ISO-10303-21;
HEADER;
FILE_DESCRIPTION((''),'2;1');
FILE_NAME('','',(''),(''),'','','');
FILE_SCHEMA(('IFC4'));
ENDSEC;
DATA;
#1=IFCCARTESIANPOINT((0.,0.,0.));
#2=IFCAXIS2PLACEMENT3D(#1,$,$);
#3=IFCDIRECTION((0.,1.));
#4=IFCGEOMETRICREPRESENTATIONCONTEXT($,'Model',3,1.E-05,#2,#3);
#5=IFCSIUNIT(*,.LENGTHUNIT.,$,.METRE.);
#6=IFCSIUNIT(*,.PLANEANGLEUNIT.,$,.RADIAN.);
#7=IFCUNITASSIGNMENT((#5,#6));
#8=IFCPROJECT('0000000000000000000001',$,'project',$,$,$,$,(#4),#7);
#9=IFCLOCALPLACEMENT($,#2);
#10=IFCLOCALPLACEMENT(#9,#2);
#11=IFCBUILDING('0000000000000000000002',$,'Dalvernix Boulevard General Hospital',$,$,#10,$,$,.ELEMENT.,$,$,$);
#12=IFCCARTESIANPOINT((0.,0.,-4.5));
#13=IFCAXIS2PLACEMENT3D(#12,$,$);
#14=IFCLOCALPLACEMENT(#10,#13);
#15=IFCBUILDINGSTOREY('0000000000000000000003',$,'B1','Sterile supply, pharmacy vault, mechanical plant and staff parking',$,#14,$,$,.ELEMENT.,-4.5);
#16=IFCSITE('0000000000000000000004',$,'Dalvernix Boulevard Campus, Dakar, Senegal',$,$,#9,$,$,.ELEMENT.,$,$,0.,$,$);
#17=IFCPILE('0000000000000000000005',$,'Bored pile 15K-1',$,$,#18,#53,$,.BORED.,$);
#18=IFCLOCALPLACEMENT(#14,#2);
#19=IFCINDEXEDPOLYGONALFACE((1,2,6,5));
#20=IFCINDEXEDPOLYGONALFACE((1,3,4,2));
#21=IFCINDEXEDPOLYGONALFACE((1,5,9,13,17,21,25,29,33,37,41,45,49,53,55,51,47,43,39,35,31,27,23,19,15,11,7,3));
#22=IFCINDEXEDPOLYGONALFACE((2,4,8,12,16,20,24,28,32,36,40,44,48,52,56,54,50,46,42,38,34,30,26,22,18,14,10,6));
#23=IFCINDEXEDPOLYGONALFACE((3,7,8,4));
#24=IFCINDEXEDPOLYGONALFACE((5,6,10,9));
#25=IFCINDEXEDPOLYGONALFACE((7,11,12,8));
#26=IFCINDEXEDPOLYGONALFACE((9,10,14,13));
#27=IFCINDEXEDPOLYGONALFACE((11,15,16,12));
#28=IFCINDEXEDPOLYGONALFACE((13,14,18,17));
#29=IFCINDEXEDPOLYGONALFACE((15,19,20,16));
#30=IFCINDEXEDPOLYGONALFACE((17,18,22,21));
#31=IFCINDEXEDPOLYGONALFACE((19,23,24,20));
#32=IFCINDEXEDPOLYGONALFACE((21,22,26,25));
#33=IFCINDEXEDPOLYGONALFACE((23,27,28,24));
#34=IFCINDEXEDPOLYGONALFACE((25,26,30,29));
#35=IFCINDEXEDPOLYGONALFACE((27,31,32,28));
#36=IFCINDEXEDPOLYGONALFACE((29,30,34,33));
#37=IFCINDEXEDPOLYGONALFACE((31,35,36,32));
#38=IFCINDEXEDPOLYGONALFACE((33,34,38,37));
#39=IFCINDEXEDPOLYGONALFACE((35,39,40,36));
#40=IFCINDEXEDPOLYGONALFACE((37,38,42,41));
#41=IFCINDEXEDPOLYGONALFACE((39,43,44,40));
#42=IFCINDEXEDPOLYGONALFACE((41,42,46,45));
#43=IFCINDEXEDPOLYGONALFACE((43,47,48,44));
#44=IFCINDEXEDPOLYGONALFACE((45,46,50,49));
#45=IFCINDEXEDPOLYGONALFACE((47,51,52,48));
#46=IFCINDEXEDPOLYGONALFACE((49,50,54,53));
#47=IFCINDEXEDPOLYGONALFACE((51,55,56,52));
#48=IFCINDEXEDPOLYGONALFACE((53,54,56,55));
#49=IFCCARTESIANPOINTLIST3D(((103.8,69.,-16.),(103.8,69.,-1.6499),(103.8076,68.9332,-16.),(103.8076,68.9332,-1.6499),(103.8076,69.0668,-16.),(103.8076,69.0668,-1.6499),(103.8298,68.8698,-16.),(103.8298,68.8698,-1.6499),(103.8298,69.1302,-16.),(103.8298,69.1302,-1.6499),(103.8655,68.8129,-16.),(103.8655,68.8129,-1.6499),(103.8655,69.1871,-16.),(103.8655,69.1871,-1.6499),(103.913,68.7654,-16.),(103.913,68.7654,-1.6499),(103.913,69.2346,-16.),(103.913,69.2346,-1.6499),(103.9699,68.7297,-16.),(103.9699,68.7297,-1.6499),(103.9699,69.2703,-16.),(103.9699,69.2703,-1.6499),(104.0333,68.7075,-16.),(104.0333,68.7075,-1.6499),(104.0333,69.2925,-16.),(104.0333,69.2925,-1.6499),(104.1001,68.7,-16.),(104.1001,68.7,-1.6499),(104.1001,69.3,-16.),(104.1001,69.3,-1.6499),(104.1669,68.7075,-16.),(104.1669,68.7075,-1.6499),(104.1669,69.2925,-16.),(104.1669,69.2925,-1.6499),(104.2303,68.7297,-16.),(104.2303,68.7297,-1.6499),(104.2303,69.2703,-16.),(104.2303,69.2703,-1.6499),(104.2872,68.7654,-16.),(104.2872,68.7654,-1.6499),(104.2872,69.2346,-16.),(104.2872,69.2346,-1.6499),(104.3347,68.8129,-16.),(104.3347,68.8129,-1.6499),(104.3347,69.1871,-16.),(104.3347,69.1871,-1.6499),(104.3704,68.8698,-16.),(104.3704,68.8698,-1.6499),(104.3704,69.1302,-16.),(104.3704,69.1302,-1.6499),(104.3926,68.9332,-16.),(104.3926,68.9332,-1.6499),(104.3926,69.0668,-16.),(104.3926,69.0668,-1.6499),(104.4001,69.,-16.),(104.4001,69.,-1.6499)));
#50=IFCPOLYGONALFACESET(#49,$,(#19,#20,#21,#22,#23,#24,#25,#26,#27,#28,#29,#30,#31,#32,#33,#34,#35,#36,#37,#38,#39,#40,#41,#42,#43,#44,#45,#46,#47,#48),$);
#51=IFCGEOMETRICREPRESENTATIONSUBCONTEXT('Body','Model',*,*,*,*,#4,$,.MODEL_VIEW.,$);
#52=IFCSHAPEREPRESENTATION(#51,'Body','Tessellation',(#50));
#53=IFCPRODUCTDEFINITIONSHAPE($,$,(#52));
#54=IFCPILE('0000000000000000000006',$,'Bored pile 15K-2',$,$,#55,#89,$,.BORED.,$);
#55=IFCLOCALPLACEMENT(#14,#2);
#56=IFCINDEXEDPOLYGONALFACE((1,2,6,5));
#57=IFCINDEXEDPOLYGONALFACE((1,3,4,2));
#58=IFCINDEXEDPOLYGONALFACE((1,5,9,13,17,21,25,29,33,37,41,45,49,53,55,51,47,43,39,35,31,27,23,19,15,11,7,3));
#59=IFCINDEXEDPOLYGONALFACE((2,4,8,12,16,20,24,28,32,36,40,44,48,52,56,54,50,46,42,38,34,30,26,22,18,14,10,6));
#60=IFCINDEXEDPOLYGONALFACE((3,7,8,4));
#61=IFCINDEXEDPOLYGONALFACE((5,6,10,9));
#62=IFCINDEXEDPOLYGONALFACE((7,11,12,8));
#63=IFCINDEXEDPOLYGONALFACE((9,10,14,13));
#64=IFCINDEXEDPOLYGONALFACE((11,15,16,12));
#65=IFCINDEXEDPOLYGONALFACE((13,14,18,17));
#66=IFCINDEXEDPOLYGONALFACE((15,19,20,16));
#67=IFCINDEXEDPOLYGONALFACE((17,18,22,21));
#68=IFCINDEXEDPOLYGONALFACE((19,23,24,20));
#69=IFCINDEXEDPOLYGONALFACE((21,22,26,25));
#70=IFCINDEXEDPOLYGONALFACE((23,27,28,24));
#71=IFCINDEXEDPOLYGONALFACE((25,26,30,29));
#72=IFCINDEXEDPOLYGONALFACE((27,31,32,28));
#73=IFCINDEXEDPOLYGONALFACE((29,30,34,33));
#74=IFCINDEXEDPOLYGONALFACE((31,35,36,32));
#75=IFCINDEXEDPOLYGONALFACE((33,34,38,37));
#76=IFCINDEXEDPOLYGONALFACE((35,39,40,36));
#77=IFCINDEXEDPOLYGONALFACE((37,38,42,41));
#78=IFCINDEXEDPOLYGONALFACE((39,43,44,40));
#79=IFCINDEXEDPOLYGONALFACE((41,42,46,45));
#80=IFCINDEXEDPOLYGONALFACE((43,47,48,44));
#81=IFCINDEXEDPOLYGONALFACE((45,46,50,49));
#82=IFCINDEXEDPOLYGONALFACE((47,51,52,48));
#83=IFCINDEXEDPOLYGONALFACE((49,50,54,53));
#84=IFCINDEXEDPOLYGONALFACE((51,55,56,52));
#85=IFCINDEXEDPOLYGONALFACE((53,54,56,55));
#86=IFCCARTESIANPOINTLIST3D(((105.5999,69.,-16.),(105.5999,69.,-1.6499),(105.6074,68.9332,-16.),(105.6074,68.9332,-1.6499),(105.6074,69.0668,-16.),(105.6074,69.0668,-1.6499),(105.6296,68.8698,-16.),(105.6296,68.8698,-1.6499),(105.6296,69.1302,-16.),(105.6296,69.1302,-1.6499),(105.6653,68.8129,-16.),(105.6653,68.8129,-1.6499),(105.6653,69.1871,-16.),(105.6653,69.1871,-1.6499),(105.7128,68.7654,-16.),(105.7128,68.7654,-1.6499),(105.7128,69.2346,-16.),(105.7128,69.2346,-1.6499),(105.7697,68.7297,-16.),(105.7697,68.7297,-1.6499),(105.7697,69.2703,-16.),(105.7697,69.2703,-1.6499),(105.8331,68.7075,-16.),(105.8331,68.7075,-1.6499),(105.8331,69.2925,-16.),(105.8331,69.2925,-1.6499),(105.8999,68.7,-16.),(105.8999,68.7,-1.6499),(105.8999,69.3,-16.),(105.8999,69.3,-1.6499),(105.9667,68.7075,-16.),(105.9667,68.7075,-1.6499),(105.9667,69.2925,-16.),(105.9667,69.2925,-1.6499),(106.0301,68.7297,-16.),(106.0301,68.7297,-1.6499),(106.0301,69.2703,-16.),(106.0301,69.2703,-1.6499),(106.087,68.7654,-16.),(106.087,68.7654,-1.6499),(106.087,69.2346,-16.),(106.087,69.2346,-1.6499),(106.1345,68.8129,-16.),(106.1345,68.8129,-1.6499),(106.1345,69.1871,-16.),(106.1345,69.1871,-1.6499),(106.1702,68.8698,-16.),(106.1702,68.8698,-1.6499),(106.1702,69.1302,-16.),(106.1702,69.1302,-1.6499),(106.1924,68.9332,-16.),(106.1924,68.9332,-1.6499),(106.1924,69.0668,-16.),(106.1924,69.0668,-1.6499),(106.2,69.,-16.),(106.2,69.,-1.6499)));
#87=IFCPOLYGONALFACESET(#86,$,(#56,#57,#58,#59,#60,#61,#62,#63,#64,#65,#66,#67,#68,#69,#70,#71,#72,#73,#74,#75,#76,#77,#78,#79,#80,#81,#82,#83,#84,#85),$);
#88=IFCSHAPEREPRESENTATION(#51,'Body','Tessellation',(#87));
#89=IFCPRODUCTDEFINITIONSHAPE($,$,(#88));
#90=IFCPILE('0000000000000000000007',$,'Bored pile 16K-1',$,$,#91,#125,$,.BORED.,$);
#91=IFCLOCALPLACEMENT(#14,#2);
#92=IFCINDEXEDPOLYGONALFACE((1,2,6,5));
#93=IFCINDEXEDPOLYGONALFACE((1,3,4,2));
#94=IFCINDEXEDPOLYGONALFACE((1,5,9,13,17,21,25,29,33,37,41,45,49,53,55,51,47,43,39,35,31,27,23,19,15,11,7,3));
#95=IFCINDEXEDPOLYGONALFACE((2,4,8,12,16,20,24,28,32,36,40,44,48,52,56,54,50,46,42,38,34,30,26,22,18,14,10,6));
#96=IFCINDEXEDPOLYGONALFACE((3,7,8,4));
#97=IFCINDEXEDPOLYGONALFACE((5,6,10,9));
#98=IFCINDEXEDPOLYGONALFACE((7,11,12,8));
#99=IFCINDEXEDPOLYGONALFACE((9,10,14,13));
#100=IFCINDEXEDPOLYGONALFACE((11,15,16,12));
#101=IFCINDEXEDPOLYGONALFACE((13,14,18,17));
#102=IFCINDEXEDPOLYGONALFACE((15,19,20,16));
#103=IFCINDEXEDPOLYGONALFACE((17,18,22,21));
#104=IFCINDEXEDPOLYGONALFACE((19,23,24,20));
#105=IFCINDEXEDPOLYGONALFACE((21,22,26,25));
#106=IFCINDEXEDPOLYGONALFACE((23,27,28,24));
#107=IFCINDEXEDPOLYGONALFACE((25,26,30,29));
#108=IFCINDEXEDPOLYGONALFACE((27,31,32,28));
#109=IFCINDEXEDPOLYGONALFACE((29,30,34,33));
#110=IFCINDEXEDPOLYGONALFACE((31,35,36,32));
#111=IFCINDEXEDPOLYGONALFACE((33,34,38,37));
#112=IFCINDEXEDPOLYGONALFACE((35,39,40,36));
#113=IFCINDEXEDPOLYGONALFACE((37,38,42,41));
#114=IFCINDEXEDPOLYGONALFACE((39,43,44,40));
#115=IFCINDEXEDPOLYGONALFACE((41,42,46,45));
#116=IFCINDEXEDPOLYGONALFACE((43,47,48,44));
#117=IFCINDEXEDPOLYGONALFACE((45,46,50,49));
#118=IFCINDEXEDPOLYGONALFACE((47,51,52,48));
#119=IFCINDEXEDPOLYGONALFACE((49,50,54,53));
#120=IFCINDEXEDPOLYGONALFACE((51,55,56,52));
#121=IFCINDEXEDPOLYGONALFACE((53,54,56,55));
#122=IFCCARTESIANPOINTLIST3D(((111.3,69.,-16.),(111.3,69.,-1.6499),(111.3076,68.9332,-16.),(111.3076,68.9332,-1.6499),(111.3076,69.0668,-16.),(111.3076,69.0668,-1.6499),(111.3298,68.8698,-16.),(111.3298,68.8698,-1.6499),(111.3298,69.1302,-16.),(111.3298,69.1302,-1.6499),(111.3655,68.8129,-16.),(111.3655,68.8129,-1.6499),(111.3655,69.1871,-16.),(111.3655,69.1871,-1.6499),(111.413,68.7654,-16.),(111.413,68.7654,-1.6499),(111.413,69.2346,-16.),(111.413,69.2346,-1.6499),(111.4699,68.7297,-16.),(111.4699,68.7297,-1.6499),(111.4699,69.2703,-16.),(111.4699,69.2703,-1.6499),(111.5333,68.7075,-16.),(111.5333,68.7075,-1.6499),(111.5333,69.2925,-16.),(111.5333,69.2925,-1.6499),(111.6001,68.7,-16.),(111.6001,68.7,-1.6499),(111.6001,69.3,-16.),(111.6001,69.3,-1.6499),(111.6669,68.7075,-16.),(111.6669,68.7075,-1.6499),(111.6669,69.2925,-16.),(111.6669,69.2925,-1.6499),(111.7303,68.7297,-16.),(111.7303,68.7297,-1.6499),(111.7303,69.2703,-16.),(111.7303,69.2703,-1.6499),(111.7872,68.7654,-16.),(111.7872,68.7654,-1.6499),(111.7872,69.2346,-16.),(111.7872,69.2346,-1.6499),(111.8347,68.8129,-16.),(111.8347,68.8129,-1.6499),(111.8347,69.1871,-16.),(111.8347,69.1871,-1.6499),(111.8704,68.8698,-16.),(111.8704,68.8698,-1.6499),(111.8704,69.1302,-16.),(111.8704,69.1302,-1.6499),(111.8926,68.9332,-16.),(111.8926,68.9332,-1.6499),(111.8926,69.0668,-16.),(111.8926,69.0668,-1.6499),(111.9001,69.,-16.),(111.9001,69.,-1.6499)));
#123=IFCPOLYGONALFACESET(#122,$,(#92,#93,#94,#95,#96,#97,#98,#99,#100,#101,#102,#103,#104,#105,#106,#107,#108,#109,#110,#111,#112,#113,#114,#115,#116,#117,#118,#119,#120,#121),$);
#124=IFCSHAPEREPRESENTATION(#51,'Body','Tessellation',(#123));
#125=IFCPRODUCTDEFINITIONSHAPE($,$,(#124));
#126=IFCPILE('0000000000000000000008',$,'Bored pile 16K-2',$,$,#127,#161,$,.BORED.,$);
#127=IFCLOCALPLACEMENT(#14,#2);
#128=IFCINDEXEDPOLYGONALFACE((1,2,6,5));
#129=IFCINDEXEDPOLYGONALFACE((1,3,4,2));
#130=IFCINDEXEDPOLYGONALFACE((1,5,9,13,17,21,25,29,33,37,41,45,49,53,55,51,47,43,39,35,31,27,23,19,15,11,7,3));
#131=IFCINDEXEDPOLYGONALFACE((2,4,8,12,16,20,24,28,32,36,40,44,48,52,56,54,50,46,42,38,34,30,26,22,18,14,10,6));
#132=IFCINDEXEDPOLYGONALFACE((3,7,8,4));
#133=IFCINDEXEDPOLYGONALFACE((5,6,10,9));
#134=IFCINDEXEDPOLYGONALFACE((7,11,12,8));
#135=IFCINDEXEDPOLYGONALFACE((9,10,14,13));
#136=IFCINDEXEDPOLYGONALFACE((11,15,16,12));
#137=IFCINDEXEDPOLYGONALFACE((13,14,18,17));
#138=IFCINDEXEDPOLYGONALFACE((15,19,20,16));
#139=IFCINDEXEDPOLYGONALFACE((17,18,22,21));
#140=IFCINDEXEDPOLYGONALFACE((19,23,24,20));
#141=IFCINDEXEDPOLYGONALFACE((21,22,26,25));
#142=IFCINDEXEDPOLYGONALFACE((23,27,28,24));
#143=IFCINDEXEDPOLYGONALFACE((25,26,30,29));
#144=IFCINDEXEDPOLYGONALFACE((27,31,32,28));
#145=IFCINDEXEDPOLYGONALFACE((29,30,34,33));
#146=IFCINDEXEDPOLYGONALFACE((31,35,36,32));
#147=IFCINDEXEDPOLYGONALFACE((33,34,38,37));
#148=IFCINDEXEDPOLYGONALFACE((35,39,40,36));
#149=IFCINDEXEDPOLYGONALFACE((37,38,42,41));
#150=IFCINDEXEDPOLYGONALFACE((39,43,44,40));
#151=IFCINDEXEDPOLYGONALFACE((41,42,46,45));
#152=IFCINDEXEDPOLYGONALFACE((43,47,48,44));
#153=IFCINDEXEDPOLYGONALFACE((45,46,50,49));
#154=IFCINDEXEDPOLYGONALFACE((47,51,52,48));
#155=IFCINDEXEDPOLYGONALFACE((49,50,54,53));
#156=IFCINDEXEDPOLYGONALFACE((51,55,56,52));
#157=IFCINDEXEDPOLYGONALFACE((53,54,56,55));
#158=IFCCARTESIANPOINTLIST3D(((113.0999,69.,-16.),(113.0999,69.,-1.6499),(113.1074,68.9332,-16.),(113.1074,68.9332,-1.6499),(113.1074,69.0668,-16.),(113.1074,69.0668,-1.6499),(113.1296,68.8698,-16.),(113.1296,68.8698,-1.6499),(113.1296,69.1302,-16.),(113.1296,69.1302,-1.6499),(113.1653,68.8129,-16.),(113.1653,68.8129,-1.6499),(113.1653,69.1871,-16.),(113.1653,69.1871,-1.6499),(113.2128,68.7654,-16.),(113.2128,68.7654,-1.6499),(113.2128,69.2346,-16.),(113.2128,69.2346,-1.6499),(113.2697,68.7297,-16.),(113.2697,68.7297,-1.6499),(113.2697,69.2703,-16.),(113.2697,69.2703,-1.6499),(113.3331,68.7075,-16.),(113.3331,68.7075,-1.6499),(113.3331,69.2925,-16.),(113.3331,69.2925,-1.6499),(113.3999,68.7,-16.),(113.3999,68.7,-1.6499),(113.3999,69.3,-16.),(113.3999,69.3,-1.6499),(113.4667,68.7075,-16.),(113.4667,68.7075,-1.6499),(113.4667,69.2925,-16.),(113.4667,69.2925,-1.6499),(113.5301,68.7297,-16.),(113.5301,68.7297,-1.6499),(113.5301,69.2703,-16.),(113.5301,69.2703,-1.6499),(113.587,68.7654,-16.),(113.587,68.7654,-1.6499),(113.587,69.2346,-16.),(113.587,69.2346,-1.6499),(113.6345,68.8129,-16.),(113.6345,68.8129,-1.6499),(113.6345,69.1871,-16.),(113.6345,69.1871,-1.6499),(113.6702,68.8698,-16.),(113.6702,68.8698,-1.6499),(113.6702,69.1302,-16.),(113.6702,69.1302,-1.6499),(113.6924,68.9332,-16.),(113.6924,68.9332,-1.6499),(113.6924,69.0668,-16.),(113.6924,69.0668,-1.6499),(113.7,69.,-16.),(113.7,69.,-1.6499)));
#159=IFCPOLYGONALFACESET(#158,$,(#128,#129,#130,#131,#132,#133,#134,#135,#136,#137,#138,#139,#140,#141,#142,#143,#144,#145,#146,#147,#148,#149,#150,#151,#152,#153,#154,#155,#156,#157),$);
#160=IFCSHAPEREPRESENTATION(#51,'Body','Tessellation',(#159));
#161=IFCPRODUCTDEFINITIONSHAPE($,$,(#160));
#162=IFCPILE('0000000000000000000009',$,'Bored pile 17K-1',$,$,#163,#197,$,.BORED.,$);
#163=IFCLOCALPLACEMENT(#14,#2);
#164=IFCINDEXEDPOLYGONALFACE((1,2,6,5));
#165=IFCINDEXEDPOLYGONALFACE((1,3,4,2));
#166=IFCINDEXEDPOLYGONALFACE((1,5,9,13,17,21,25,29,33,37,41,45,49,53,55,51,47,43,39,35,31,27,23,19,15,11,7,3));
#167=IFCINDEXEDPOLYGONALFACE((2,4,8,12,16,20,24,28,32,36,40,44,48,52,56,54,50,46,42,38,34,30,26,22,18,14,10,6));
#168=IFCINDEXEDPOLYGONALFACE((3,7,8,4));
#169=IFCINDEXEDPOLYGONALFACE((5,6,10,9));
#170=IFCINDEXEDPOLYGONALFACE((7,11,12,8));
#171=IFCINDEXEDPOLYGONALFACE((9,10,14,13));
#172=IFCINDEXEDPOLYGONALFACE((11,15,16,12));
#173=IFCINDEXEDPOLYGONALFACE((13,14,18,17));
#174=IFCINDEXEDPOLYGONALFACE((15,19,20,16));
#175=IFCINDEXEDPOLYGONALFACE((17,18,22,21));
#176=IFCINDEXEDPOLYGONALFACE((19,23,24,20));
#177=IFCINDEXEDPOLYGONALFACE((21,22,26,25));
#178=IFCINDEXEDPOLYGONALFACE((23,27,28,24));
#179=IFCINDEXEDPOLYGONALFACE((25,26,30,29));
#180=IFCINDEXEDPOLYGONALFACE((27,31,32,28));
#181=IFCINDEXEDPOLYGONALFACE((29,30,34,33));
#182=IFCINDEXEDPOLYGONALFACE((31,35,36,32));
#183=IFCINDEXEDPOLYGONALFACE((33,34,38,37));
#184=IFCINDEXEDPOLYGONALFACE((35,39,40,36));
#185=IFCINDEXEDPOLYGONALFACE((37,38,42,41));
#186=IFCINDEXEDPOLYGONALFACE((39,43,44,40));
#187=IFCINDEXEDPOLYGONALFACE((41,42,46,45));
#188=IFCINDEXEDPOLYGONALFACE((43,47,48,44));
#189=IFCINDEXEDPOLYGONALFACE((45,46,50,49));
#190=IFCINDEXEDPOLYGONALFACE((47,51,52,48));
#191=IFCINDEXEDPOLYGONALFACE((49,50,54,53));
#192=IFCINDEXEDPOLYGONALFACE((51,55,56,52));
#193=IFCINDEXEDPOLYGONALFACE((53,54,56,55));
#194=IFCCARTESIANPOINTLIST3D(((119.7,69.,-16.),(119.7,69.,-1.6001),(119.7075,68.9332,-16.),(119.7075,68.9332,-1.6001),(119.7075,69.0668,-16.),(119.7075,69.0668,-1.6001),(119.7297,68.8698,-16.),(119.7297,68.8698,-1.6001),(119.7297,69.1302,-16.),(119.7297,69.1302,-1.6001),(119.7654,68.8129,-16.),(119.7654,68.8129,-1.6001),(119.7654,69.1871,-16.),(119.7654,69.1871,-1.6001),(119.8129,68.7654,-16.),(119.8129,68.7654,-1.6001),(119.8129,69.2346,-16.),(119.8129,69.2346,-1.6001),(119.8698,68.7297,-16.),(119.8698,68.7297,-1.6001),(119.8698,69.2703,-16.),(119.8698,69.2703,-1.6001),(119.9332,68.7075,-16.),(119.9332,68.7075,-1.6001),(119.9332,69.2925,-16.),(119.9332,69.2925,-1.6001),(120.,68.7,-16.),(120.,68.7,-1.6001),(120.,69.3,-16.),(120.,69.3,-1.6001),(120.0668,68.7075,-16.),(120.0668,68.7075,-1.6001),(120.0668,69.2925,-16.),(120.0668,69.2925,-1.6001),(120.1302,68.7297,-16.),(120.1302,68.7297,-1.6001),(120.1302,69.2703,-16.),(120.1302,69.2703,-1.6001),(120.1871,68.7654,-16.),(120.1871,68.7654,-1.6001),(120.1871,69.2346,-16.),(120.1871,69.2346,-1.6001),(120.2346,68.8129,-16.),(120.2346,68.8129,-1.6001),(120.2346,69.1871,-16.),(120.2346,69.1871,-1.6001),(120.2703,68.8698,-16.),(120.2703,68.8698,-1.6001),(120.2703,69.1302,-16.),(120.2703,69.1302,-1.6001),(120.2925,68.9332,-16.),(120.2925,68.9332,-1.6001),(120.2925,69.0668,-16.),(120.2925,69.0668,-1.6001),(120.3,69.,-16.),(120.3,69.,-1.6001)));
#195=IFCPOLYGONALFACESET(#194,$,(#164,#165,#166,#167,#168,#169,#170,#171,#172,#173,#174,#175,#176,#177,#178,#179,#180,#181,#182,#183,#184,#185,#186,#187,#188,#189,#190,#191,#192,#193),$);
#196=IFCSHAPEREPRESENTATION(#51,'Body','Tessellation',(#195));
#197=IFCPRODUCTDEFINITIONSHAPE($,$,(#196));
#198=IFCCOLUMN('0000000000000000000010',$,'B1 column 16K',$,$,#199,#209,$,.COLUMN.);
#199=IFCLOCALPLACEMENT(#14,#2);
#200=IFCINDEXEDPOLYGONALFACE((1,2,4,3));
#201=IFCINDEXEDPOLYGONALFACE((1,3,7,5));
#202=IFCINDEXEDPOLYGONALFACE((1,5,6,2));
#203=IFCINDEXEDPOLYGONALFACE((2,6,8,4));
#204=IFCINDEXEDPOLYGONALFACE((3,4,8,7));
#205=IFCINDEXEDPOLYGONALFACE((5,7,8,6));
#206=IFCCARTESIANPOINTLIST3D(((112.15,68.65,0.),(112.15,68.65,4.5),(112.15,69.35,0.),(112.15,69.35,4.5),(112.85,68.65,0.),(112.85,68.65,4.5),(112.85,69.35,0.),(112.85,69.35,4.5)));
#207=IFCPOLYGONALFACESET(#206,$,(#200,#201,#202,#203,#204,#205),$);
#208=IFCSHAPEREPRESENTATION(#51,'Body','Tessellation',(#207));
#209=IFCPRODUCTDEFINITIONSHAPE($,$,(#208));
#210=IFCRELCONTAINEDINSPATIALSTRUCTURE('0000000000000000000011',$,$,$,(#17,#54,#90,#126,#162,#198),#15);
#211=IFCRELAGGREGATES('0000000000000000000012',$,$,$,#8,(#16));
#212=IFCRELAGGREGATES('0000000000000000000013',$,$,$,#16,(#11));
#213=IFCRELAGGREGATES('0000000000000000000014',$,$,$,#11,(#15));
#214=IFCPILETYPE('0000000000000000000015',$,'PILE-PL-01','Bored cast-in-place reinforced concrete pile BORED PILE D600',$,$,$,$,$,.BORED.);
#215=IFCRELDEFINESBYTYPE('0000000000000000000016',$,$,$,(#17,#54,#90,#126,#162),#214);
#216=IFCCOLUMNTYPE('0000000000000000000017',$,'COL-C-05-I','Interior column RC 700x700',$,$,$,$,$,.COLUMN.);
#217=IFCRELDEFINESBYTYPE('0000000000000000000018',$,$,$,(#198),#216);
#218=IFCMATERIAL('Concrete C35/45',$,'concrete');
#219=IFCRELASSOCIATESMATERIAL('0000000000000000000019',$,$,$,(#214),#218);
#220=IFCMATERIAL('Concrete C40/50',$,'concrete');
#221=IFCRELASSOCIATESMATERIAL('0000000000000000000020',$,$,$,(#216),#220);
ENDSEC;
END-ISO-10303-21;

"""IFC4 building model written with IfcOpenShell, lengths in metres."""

from ifc_helpers import new_model, si_unit, direction, frame, origin, origin_2d, place, context, subcontext, project, spatial, rectangle, circle, extrude, material, material_profile, profile_set, type_object, element, save


model = new_model("IFC4")

# Units and contexts
model_context = context("Model", 3, precision=1e-05, world=origin(), true_north=direction((0.0, 1.0)))
body_context = subcontext(model_context, "Body", "Model", "MODEL_VIEW")
ifc_project = project(units=[si_unit("LENGTHUNIT", "METRE"), si_unit("PLANEANGLEUNIT", "RADIAN")], contexts=[model_context])

# Site, building, storey
site_placement = place(None, origin())
site = spatial("IfcSite", under=ifc_project, at=site_placement, Name="Dalvernix Boulevard Campus, Dakar, Senegal", CompositionType="ELEMENT", RefElevation=0.0)
building_placement = place(site_placement, origin())
building = spatial("IfcBuilding", under=site, at=building_placement, Name="Dalvernix Boulevard General Hospital", CompositionType="ELEMENT")
storey_placement = place(building_placement, frame((0.0, 0.0, -4.5)))
storey = spatial("IfcBuildingStorey", under=building, at=storey_placement, Name="B1", Description="Sterile supply, pharmacy vault, mechanical plant and staff parking", CompositionType="ELEMENT", Elevation=-4.5)

# Shared definitions
ifc_material_1 = material(Name="Concrete C35/45", Category="concrete")
ifc_material_2 = material(Name="Concrete C40/50", Category="concrete")

# Piles
ifc_material_profile_1 = material_profile(ifc_material_1, circle(Radius=0.3, at=origin_2d()), Name="BORED PILE D600")
ifc_profile_set_1 = profile_set([ifc_material_profile_1], Name="Concrete C35/45")
pile_type = type_object("IfcPileType", Name="PILE-PL-01", Description="Bored cast-in-place reinforced concrete pile BORED PILE D600", PredefinedType="BORED", material=ifc_profile_set_1)
for number, where, z_axis, x_axis, name in (
    (1, (104.1001, 69.0, -1.6499), (0.0, 0.0, -1.0), (1.0, 0.0, 0.0), "Bored pile 15K-1"),
    (2, (105.8999, 69.0, -1.6499), (0.0, 0.0, -1.0), (1.0, 0.0, 0.0), "Bored pile 15K-2"),
    (3, (111.6001, 69.0, -1.6499), (0.0, 0.0, -1.0), (1.0, 0.0, 0.0), "Bored pile 16K-1"),
    (4, (113.3999, 69.0, -1.6499), (0.0, 0.0, -1.0), (1.0, 0.0, 0.0), "Bored pile 16K-2"),
):
    element("IfcPile", number, at=place(storey_placement, frame(where, z_axis=z_axis, x_axis=x_axis)), inside=storey, type_object=pile_type, Name=name, PredefinedType="BORED", context=body_context, shape_type="SweptSolid", body=[
        extrude(circle(Radius=0.3, at=origin_2d()), origin(), (0.0, 0.0, 1.0), 14.3501),
    ])
pile_placement = place(storey_placement, frame((120.0, 69.0, -1.6001), z_axis=(0.0, 0.0, -1.0), x_axis=(1.0, 0.0, 0.0)))
element("IfcPile", 5, at=pile_placement, inside=storey, type_object=pile_type, Name="Bored pile 17K-1", PredefinedType="BORED", context=body_context, shape_type="SweptSolid", body=[
    extrude(circle(Radius=0.3, at=origin_2d()), origin(), (0.0, 0.0, 1.0), 14.3999),
])

# Column
ifc_material_profile_2 = material_profile(ifc_material_2, rectangle(XDim=0.7, YDim=0.7, at=origin_2d()), Name="RC 700x700")
ifc_profile_set_2 = profile_set([ifc_material_profile_2], Name="Concrete C40/50")
column_type_1 = type_object("IfcColumnType", Name="COL-C-05-I", Description="Interior column RC 700x700", PredefinedType="COLUMN", material=ifc_profile_set_2)
column_1_placement = place(storey_placement, frame((112.5, 69.0, 0.0), z_axis=(0.0, 0.0, 1.0), x_axis=(1.0, 0.0, 0.0)))
element("IfcColumn", 6, at=column_1_placement, inside=storey, type_object=column_type_1, Name="B1 column 16K", PredefinedType="COLUMN", context=body_context, shape_type="SweptSolid", body=[
    extrude(rectangle(XDim=0.7, YDim=0.7, at=origin_2d()), origin(), (0.0, 0.0, 1.0), 4.5),
])

save(model, "model.ifc")
